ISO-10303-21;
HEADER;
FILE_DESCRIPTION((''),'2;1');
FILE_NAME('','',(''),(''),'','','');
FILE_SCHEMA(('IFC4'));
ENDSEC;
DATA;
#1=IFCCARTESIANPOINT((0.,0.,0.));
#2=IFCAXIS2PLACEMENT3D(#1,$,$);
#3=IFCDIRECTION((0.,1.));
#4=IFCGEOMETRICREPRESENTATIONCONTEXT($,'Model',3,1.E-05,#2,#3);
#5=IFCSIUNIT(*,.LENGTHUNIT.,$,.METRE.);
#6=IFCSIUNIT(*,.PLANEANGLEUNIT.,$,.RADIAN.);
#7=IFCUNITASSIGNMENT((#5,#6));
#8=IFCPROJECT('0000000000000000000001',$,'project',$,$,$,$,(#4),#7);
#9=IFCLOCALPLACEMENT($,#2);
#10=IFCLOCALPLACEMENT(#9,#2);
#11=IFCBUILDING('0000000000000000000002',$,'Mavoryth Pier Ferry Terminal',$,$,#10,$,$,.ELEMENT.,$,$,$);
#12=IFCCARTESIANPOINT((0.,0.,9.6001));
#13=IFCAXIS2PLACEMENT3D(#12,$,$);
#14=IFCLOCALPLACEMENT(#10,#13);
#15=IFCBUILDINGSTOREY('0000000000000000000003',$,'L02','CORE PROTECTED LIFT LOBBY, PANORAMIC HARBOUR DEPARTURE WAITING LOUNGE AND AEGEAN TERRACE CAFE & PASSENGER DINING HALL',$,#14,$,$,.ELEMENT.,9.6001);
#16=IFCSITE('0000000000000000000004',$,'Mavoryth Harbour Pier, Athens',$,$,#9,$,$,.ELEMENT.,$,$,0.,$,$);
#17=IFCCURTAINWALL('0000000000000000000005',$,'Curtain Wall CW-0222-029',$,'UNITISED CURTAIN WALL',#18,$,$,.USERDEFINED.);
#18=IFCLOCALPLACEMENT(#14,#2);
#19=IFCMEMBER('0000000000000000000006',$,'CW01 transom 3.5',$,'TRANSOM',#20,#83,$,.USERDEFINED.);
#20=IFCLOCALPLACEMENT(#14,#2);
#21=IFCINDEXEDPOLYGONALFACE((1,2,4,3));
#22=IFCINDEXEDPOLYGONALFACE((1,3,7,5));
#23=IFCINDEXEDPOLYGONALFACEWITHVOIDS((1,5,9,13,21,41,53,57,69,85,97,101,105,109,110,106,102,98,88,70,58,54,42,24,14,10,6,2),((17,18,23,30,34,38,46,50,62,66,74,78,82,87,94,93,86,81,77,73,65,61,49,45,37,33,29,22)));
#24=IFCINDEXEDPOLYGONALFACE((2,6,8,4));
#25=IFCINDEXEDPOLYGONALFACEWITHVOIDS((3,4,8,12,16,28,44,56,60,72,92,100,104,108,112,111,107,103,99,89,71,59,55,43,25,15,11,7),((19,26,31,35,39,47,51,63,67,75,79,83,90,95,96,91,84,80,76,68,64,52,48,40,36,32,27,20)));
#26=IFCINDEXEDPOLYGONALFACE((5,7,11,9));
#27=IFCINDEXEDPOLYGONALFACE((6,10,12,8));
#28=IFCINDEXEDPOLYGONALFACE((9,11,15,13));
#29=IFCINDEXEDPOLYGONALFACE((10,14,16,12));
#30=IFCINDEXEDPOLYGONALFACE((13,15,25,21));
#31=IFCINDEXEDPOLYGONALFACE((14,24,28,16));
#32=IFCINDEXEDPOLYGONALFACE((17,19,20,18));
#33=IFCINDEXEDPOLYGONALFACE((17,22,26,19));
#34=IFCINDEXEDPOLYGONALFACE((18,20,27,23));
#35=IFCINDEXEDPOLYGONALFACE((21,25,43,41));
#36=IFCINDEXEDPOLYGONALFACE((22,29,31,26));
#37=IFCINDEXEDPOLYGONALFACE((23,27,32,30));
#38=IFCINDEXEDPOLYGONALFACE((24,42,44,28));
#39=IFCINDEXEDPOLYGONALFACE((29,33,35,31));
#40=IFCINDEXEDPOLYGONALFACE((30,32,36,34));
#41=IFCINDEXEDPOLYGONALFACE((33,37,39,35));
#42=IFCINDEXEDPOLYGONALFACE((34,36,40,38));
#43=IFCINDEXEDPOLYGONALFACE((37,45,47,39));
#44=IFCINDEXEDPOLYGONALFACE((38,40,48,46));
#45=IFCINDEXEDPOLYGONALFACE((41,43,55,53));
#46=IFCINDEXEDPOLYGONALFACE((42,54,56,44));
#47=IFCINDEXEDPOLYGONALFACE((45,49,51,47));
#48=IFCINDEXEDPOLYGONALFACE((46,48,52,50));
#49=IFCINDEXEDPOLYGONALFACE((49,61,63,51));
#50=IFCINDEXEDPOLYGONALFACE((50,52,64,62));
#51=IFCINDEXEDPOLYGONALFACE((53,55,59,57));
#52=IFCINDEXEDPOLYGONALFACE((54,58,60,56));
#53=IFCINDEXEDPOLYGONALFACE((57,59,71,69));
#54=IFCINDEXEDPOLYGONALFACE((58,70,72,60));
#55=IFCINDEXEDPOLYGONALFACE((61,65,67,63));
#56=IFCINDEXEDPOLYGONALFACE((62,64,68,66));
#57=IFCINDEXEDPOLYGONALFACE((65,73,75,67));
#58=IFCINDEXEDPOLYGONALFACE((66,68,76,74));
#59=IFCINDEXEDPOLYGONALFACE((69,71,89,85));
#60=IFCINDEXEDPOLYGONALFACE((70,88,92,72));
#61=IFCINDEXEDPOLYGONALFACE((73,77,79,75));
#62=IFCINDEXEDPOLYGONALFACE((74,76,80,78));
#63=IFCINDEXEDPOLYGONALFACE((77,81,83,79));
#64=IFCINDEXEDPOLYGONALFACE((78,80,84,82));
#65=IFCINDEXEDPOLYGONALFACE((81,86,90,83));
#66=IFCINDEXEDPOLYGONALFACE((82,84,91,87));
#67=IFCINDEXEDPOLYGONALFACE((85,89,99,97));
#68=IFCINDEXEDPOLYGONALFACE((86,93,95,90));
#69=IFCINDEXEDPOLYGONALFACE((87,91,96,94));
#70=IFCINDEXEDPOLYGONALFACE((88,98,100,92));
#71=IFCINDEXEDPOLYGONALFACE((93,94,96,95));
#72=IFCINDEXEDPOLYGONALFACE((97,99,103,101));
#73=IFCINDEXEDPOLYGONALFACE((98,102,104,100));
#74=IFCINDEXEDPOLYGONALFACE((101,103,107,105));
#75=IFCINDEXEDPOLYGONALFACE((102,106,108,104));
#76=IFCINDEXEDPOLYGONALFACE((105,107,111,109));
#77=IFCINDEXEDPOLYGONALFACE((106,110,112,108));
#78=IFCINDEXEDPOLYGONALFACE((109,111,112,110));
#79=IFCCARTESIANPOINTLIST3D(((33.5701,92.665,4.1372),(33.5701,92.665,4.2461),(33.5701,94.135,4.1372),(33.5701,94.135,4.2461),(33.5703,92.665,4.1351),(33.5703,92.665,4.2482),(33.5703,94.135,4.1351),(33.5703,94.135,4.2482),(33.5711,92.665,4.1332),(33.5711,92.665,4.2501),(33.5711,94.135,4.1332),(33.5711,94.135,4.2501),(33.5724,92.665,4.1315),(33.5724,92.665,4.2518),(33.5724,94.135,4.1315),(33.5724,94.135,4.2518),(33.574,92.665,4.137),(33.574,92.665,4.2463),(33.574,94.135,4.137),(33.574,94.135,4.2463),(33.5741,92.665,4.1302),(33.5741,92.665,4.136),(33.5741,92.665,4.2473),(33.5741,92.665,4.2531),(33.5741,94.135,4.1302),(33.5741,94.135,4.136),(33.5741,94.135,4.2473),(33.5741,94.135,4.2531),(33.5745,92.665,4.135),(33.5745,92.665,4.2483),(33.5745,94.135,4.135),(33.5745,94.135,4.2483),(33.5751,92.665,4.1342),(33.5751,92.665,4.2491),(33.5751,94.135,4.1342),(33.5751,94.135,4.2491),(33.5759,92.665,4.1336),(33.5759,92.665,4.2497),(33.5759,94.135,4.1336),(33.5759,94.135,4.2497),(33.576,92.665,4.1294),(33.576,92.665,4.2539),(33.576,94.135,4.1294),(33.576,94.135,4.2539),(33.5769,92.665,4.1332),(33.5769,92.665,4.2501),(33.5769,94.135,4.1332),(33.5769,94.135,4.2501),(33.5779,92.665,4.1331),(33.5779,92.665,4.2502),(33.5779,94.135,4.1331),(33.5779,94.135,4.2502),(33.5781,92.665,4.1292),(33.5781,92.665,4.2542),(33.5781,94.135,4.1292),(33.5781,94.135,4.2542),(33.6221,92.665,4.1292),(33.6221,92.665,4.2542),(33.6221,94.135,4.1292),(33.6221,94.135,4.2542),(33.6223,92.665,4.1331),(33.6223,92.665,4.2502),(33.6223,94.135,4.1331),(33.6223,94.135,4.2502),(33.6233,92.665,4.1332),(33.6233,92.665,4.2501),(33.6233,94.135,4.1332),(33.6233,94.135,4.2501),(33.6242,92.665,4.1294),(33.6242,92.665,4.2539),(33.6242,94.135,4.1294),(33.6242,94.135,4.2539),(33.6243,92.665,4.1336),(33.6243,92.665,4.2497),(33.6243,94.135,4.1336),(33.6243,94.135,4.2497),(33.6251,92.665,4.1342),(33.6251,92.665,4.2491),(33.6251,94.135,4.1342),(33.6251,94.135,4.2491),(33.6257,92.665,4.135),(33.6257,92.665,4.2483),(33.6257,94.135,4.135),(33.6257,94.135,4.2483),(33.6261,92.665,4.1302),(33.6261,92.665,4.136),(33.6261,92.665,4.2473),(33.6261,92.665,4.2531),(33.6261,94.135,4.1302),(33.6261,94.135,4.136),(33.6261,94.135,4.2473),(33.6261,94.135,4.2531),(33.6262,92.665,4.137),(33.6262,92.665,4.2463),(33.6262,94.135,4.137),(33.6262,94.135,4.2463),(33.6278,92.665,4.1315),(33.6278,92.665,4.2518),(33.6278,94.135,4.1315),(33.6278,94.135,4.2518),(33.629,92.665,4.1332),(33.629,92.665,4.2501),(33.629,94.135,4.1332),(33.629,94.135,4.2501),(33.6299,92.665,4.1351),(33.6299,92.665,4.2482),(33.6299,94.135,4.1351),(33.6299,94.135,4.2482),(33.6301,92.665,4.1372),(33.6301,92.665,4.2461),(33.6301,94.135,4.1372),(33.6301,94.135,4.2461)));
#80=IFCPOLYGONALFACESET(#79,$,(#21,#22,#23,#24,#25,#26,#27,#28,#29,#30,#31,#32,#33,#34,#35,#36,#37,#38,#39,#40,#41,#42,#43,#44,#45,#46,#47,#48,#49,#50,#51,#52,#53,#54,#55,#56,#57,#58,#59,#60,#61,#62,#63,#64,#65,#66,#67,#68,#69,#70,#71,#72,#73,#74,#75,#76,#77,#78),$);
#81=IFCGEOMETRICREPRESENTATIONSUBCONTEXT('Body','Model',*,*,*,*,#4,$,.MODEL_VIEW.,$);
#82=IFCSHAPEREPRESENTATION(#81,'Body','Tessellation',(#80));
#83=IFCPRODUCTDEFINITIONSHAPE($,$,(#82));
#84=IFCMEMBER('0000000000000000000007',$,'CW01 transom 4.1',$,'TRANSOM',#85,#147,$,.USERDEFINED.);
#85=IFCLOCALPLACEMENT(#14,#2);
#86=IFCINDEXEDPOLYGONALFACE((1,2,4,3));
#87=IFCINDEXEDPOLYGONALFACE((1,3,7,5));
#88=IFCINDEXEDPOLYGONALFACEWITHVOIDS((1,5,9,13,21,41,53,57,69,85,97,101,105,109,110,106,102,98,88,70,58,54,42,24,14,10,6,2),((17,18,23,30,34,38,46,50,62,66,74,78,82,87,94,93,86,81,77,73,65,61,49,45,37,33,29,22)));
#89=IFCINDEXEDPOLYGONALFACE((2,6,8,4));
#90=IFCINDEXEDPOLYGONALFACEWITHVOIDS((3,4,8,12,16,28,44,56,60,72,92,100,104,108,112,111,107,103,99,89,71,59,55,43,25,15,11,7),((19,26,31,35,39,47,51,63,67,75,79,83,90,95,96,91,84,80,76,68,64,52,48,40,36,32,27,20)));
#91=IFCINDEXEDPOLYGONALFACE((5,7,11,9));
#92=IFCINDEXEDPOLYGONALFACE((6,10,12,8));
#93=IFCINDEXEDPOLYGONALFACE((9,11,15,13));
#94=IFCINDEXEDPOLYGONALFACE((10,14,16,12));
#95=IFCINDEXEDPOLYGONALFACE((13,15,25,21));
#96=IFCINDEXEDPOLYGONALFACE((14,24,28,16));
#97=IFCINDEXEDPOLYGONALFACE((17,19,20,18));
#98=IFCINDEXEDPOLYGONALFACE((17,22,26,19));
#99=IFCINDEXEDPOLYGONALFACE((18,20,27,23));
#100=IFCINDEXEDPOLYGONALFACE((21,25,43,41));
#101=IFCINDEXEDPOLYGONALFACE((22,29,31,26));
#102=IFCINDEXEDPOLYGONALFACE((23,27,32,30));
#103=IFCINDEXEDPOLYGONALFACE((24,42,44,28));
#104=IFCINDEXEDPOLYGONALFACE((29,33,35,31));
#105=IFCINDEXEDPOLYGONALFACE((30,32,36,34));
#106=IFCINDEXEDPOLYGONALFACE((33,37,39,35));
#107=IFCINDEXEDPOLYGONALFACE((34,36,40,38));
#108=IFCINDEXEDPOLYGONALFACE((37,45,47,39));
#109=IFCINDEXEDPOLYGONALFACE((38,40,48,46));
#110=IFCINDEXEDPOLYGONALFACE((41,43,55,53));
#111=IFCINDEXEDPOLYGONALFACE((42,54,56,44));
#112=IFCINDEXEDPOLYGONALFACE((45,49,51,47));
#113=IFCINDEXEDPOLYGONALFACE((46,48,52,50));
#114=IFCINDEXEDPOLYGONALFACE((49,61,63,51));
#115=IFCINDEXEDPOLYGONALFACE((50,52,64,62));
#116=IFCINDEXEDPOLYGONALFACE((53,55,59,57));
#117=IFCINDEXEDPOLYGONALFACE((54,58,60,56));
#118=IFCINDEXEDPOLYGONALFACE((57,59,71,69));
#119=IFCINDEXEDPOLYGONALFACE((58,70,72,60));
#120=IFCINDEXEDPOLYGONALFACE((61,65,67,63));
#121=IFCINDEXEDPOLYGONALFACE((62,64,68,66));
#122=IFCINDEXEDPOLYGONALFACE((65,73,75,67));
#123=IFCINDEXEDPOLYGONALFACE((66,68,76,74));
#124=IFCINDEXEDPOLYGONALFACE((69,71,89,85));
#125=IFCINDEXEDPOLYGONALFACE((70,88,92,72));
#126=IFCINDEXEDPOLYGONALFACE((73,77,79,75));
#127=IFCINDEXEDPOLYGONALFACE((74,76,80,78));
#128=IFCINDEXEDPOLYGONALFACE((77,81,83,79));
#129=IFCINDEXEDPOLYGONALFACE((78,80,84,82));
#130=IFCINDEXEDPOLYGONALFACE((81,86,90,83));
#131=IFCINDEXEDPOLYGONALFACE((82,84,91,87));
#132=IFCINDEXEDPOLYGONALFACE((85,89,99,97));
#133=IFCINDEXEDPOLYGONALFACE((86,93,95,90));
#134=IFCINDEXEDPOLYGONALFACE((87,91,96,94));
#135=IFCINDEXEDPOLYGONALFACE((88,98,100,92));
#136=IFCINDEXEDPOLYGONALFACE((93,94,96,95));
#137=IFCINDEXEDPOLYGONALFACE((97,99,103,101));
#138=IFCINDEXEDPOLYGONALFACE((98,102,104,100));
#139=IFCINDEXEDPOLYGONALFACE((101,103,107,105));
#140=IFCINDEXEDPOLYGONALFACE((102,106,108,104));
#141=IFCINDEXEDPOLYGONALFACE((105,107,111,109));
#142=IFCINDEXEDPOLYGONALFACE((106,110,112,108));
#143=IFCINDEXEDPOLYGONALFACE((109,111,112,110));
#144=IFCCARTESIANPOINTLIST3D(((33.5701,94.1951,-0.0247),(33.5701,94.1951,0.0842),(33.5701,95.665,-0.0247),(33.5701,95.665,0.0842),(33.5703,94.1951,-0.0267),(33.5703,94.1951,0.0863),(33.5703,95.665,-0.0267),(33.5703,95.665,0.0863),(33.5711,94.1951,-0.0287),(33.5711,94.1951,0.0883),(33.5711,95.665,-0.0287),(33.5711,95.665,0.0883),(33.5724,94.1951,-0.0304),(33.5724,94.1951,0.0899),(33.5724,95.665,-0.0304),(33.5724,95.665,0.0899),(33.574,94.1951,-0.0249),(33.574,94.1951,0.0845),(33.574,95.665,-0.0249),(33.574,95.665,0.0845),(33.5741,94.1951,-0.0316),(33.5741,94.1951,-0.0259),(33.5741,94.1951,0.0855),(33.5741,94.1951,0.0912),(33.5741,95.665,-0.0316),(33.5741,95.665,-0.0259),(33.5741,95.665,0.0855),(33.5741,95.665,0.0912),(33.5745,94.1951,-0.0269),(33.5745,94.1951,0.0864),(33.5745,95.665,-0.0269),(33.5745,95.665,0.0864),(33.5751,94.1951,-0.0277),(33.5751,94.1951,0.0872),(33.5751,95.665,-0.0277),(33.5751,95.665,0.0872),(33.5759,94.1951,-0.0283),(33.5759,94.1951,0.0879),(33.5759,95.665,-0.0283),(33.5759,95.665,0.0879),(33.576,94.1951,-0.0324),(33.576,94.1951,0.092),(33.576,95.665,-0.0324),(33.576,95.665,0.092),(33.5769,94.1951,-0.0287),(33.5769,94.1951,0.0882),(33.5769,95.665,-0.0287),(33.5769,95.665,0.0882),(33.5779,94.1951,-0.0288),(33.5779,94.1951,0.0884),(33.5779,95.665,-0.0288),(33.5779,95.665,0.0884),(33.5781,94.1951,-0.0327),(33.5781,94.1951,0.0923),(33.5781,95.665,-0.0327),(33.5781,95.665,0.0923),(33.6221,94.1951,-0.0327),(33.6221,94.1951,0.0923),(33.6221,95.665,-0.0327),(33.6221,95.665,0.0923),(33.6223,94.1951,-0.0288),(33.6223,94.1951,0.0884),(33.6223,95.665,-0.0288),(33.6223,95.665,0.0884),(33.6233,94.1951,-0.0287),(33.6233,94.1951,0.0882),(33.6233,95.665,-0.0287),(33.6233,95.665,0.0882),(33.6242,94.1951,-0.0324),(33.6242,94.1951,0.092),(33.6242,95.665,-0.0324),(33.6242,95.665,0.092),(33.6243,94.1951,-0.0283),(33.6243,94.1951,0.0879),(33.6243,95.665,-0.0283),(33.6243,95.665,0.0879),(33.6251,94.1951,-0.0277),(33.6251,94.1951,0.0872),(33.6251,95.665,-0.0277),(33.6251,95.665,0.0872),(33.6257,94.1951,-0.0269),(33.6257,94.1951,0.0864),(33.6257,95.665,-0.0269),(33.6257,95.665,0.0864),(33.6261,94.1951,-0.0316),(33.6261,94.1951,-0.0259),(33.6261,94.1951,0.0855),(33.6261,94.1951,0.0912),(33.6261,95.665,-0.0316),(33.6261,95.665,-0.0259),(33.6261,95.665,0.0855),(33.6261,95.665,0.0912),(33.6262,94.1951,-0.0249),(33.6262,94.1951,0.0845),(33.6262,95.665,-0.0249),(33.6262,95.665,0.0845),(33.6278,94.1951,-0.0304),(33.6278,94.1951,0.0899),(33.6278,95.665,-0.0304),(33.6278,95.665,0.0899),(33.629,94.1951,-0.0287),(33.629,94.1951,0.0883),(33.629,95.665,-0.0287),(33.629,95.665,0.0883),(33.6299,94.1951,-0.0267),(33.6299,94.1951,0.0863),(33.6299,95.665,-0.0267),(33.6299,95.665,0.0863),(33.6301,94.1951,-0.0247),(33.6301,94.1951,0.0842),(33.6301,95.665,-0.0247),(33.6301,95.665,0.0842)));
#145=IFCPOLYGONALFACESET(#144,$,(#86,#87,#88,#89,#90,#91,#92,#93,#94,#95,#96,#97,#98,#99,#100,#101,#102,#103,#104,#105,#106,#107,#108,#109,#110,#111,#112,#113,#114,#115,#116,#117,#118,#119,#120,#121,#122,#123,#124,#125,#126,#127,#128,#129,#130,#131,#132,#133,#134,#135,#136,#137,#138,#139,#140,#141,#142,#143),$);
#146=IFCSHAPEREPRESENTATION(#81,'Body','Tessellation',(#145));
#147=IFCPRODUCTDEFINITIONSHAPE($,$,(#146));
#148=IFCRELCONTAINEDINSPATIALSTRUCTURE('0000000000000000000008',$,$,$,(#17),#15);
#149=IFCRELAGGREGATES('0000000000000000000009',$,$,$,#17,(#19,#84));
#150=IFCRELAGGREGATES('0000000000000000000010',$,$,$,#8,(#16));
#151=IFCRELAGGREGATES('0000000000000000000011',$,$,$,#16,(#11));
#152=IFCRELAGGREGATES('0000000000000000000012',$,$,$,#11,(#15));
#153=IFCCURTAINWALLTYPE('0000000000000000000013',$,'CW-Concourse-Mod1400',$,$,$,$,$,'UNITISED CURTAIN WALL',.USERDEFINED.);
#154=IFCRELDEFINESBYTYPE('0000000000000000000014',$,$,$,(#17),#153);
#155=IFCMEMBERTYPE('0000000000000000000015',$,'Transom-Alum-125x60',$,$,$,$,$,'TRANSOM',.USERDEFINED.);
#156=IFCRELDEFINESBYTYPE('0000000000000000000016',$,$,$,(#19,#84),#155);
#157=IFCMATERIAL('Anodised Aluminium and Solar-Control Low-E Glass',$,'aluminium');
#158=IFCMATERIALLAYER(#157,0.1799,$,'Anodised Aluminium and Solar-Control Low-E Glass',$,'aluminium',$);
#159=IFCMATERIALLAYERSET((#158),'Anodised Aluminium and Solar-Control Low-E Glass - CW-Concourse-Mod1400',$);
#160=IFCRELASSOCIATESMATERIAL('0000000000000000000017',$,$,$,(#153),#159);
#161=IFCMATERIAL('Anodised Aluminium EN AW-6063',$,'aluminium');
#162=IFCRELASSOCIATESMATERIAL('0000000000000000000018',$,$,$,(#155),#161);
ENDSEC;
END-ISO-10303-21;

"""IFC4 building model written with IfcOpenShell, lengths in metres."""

from ifc_helpers import new_model, si_unit, direction, frame, origin, origin_2d, place, context, subcontext, project, spatial, hollow_rectangle, extrude, material, layer, layer_set, material_profile, profile_set, type_object, element, aggregate, save


model = new_model("IFC4")

# Units and contexts
model_context = context("Model", 3, precision=1e-05, world=origin(), true_north=direction((0.0, 1.0)))
body_context = subcontext(model_context, "Body", "Model", "MODEL_VIEW")
ifc_project = project(units=[si_unit("LENGTHUNIT", "METRE"), si_unit("PLANEANGLEUNIT", "RADIAN")], contexts=[model_context])

# Site, building, storey
site_placement = place(None, origin())
site = spatial("IfcSite", under=ifc_project, at=site_placement, Name="Mavoryth Harbour Pier, Athens", CompositionType="ELEMENT", RefElevation=0.0)
building_placement = place(site_placement, origin())
building = spatial("IfcBuilding", under=site, at=building_placement, Name="Mavoryth Pier Ferry Terminal", CompositionType="ELEMENT")
storey_placement = place(building_placement, frame((0.0, 0.0, 9.6001)))
storey = spatial("IfcBuildingStorey", under=building, at=storey_placement, Name="L02", Description="CORE PROTECTED LIFT LOBBY, PANORAMIC HARBOUR DEPARTURE WAITING LOUNGE AND AEGEAN TERRACE CAFE & PASSENGER DINING HALL", CompositionType="ELEMENT", Elevation=9.6001)

# Curtain wall
ifc_material_1 = material(Name="Anodised Aluminium and Solar-Control Low-E Glass", Category="aluminium")
ifc_layer_1 = layer(ifc_material_1, 0.1799, Name="Anodised Aluminium and Solar-Control Low-E Glass", Category="aluminium")
ifc_layer_set_1 = layer_set([ifc_layer_1], Name="Anodised Aluminium and Solar-Control Low-E Glass - CW-Concourse-Mod1400")
curtain_wall_type = type_object("IfcCurtainWallType", Name="CW-Concourse-Mod1400", ElementType="UNITISED CURTAIN WALL", PredefinedType="USERDEFINED", material=ifc_layer_set_1)
curtain_wall_placement = place(storey_placement, origin())
curtain_wall = element("IfcCurtainWall", 1, at=curtain_wall_placement, inside=storey, type_object=curtain_wall_type, Name="Curtain Wall CW-0222-029", ObjectType="UNITISED CURTAIN WALL", PredefinedType="USERDEFINED")
ifc_material_2 = material(Name="Anodised Aluminium EN AW-6063", Category="aluminium")

# Members
ifc_material_profile_1 = material_profile(ifc_material_2, hollow_rectangle(XDim=0.0601, YDim=0.125, WallThickness=0.0039, InnerFilletRadius=0.0039, OuterFilletRadius=0.0081, at=origin_2d()), Name="AL-TRAN 125x60x4", Category="aluminium")
ifc_profile_set_1 = profile_set([ifc_material_profile_1], Name="Anodised Aluminium EN AW-6063 - AL-TRAN 125x60x4")
member_type_1 = type_object("IfcMemberType", Name="Transom-Alum-125x60", ElementType="TRANSOM", PredefinedType="USERDEFINED", material=ifc_profile_set_1)
member_1_placement = place(storey_placement, frame((33.6001, 92.665, 4.1917), z_axis=(0.0, 1.0, 0.0), x_axis=(-1.0, 0.0, 0.0)))
member_1 = element("IfcMember", 2, at=member_1_placement, type_object=member_type_1, Name="CW01 transom 3.5", ObjectType="TRANSOM", PredefinedType="USERDEFINED", context=body_context, shape_type="SweptSolid", body=[
    extrude(hollow_rectangle(XDim=0.0601, YDim=0.125, WallThickness=0.0039, InnerFilletRadius=0.0039, OuterFilletRadius=0.0081, at=origin_2d()), origin(), (0.0, 0.0, 1.0), 1.47),
])
member_2_placement = place(storey_placement, frame((33.6001, 94.1951, 0.0298), z_axis=(0.0, 1.0, 0.0), x_axis=(-1.0, 0.0, 0.0)))
member_2 = element("IfcMember", 3, at=member_2_placement, type_object=member_type_1, Name="CW01 transom 4.1", ObjectType="TRANSOM", PredefinedType="USERDEFINED", context=body_context, shape_type="SweptSolid", body=[
    extrude(hollow_rectangle(XDim=0.0601, YDim=0.125, WallThickness=0.0039, InnerFilletRadius=0.0039, OuterFilletRadius=0.0081, at=origin_2d()), origin(), (0.0, 0.0, 1.0), 1.47),
])

aggregate(curtain_wall, [member_1, member_2])

save(model, "model.ifc")
